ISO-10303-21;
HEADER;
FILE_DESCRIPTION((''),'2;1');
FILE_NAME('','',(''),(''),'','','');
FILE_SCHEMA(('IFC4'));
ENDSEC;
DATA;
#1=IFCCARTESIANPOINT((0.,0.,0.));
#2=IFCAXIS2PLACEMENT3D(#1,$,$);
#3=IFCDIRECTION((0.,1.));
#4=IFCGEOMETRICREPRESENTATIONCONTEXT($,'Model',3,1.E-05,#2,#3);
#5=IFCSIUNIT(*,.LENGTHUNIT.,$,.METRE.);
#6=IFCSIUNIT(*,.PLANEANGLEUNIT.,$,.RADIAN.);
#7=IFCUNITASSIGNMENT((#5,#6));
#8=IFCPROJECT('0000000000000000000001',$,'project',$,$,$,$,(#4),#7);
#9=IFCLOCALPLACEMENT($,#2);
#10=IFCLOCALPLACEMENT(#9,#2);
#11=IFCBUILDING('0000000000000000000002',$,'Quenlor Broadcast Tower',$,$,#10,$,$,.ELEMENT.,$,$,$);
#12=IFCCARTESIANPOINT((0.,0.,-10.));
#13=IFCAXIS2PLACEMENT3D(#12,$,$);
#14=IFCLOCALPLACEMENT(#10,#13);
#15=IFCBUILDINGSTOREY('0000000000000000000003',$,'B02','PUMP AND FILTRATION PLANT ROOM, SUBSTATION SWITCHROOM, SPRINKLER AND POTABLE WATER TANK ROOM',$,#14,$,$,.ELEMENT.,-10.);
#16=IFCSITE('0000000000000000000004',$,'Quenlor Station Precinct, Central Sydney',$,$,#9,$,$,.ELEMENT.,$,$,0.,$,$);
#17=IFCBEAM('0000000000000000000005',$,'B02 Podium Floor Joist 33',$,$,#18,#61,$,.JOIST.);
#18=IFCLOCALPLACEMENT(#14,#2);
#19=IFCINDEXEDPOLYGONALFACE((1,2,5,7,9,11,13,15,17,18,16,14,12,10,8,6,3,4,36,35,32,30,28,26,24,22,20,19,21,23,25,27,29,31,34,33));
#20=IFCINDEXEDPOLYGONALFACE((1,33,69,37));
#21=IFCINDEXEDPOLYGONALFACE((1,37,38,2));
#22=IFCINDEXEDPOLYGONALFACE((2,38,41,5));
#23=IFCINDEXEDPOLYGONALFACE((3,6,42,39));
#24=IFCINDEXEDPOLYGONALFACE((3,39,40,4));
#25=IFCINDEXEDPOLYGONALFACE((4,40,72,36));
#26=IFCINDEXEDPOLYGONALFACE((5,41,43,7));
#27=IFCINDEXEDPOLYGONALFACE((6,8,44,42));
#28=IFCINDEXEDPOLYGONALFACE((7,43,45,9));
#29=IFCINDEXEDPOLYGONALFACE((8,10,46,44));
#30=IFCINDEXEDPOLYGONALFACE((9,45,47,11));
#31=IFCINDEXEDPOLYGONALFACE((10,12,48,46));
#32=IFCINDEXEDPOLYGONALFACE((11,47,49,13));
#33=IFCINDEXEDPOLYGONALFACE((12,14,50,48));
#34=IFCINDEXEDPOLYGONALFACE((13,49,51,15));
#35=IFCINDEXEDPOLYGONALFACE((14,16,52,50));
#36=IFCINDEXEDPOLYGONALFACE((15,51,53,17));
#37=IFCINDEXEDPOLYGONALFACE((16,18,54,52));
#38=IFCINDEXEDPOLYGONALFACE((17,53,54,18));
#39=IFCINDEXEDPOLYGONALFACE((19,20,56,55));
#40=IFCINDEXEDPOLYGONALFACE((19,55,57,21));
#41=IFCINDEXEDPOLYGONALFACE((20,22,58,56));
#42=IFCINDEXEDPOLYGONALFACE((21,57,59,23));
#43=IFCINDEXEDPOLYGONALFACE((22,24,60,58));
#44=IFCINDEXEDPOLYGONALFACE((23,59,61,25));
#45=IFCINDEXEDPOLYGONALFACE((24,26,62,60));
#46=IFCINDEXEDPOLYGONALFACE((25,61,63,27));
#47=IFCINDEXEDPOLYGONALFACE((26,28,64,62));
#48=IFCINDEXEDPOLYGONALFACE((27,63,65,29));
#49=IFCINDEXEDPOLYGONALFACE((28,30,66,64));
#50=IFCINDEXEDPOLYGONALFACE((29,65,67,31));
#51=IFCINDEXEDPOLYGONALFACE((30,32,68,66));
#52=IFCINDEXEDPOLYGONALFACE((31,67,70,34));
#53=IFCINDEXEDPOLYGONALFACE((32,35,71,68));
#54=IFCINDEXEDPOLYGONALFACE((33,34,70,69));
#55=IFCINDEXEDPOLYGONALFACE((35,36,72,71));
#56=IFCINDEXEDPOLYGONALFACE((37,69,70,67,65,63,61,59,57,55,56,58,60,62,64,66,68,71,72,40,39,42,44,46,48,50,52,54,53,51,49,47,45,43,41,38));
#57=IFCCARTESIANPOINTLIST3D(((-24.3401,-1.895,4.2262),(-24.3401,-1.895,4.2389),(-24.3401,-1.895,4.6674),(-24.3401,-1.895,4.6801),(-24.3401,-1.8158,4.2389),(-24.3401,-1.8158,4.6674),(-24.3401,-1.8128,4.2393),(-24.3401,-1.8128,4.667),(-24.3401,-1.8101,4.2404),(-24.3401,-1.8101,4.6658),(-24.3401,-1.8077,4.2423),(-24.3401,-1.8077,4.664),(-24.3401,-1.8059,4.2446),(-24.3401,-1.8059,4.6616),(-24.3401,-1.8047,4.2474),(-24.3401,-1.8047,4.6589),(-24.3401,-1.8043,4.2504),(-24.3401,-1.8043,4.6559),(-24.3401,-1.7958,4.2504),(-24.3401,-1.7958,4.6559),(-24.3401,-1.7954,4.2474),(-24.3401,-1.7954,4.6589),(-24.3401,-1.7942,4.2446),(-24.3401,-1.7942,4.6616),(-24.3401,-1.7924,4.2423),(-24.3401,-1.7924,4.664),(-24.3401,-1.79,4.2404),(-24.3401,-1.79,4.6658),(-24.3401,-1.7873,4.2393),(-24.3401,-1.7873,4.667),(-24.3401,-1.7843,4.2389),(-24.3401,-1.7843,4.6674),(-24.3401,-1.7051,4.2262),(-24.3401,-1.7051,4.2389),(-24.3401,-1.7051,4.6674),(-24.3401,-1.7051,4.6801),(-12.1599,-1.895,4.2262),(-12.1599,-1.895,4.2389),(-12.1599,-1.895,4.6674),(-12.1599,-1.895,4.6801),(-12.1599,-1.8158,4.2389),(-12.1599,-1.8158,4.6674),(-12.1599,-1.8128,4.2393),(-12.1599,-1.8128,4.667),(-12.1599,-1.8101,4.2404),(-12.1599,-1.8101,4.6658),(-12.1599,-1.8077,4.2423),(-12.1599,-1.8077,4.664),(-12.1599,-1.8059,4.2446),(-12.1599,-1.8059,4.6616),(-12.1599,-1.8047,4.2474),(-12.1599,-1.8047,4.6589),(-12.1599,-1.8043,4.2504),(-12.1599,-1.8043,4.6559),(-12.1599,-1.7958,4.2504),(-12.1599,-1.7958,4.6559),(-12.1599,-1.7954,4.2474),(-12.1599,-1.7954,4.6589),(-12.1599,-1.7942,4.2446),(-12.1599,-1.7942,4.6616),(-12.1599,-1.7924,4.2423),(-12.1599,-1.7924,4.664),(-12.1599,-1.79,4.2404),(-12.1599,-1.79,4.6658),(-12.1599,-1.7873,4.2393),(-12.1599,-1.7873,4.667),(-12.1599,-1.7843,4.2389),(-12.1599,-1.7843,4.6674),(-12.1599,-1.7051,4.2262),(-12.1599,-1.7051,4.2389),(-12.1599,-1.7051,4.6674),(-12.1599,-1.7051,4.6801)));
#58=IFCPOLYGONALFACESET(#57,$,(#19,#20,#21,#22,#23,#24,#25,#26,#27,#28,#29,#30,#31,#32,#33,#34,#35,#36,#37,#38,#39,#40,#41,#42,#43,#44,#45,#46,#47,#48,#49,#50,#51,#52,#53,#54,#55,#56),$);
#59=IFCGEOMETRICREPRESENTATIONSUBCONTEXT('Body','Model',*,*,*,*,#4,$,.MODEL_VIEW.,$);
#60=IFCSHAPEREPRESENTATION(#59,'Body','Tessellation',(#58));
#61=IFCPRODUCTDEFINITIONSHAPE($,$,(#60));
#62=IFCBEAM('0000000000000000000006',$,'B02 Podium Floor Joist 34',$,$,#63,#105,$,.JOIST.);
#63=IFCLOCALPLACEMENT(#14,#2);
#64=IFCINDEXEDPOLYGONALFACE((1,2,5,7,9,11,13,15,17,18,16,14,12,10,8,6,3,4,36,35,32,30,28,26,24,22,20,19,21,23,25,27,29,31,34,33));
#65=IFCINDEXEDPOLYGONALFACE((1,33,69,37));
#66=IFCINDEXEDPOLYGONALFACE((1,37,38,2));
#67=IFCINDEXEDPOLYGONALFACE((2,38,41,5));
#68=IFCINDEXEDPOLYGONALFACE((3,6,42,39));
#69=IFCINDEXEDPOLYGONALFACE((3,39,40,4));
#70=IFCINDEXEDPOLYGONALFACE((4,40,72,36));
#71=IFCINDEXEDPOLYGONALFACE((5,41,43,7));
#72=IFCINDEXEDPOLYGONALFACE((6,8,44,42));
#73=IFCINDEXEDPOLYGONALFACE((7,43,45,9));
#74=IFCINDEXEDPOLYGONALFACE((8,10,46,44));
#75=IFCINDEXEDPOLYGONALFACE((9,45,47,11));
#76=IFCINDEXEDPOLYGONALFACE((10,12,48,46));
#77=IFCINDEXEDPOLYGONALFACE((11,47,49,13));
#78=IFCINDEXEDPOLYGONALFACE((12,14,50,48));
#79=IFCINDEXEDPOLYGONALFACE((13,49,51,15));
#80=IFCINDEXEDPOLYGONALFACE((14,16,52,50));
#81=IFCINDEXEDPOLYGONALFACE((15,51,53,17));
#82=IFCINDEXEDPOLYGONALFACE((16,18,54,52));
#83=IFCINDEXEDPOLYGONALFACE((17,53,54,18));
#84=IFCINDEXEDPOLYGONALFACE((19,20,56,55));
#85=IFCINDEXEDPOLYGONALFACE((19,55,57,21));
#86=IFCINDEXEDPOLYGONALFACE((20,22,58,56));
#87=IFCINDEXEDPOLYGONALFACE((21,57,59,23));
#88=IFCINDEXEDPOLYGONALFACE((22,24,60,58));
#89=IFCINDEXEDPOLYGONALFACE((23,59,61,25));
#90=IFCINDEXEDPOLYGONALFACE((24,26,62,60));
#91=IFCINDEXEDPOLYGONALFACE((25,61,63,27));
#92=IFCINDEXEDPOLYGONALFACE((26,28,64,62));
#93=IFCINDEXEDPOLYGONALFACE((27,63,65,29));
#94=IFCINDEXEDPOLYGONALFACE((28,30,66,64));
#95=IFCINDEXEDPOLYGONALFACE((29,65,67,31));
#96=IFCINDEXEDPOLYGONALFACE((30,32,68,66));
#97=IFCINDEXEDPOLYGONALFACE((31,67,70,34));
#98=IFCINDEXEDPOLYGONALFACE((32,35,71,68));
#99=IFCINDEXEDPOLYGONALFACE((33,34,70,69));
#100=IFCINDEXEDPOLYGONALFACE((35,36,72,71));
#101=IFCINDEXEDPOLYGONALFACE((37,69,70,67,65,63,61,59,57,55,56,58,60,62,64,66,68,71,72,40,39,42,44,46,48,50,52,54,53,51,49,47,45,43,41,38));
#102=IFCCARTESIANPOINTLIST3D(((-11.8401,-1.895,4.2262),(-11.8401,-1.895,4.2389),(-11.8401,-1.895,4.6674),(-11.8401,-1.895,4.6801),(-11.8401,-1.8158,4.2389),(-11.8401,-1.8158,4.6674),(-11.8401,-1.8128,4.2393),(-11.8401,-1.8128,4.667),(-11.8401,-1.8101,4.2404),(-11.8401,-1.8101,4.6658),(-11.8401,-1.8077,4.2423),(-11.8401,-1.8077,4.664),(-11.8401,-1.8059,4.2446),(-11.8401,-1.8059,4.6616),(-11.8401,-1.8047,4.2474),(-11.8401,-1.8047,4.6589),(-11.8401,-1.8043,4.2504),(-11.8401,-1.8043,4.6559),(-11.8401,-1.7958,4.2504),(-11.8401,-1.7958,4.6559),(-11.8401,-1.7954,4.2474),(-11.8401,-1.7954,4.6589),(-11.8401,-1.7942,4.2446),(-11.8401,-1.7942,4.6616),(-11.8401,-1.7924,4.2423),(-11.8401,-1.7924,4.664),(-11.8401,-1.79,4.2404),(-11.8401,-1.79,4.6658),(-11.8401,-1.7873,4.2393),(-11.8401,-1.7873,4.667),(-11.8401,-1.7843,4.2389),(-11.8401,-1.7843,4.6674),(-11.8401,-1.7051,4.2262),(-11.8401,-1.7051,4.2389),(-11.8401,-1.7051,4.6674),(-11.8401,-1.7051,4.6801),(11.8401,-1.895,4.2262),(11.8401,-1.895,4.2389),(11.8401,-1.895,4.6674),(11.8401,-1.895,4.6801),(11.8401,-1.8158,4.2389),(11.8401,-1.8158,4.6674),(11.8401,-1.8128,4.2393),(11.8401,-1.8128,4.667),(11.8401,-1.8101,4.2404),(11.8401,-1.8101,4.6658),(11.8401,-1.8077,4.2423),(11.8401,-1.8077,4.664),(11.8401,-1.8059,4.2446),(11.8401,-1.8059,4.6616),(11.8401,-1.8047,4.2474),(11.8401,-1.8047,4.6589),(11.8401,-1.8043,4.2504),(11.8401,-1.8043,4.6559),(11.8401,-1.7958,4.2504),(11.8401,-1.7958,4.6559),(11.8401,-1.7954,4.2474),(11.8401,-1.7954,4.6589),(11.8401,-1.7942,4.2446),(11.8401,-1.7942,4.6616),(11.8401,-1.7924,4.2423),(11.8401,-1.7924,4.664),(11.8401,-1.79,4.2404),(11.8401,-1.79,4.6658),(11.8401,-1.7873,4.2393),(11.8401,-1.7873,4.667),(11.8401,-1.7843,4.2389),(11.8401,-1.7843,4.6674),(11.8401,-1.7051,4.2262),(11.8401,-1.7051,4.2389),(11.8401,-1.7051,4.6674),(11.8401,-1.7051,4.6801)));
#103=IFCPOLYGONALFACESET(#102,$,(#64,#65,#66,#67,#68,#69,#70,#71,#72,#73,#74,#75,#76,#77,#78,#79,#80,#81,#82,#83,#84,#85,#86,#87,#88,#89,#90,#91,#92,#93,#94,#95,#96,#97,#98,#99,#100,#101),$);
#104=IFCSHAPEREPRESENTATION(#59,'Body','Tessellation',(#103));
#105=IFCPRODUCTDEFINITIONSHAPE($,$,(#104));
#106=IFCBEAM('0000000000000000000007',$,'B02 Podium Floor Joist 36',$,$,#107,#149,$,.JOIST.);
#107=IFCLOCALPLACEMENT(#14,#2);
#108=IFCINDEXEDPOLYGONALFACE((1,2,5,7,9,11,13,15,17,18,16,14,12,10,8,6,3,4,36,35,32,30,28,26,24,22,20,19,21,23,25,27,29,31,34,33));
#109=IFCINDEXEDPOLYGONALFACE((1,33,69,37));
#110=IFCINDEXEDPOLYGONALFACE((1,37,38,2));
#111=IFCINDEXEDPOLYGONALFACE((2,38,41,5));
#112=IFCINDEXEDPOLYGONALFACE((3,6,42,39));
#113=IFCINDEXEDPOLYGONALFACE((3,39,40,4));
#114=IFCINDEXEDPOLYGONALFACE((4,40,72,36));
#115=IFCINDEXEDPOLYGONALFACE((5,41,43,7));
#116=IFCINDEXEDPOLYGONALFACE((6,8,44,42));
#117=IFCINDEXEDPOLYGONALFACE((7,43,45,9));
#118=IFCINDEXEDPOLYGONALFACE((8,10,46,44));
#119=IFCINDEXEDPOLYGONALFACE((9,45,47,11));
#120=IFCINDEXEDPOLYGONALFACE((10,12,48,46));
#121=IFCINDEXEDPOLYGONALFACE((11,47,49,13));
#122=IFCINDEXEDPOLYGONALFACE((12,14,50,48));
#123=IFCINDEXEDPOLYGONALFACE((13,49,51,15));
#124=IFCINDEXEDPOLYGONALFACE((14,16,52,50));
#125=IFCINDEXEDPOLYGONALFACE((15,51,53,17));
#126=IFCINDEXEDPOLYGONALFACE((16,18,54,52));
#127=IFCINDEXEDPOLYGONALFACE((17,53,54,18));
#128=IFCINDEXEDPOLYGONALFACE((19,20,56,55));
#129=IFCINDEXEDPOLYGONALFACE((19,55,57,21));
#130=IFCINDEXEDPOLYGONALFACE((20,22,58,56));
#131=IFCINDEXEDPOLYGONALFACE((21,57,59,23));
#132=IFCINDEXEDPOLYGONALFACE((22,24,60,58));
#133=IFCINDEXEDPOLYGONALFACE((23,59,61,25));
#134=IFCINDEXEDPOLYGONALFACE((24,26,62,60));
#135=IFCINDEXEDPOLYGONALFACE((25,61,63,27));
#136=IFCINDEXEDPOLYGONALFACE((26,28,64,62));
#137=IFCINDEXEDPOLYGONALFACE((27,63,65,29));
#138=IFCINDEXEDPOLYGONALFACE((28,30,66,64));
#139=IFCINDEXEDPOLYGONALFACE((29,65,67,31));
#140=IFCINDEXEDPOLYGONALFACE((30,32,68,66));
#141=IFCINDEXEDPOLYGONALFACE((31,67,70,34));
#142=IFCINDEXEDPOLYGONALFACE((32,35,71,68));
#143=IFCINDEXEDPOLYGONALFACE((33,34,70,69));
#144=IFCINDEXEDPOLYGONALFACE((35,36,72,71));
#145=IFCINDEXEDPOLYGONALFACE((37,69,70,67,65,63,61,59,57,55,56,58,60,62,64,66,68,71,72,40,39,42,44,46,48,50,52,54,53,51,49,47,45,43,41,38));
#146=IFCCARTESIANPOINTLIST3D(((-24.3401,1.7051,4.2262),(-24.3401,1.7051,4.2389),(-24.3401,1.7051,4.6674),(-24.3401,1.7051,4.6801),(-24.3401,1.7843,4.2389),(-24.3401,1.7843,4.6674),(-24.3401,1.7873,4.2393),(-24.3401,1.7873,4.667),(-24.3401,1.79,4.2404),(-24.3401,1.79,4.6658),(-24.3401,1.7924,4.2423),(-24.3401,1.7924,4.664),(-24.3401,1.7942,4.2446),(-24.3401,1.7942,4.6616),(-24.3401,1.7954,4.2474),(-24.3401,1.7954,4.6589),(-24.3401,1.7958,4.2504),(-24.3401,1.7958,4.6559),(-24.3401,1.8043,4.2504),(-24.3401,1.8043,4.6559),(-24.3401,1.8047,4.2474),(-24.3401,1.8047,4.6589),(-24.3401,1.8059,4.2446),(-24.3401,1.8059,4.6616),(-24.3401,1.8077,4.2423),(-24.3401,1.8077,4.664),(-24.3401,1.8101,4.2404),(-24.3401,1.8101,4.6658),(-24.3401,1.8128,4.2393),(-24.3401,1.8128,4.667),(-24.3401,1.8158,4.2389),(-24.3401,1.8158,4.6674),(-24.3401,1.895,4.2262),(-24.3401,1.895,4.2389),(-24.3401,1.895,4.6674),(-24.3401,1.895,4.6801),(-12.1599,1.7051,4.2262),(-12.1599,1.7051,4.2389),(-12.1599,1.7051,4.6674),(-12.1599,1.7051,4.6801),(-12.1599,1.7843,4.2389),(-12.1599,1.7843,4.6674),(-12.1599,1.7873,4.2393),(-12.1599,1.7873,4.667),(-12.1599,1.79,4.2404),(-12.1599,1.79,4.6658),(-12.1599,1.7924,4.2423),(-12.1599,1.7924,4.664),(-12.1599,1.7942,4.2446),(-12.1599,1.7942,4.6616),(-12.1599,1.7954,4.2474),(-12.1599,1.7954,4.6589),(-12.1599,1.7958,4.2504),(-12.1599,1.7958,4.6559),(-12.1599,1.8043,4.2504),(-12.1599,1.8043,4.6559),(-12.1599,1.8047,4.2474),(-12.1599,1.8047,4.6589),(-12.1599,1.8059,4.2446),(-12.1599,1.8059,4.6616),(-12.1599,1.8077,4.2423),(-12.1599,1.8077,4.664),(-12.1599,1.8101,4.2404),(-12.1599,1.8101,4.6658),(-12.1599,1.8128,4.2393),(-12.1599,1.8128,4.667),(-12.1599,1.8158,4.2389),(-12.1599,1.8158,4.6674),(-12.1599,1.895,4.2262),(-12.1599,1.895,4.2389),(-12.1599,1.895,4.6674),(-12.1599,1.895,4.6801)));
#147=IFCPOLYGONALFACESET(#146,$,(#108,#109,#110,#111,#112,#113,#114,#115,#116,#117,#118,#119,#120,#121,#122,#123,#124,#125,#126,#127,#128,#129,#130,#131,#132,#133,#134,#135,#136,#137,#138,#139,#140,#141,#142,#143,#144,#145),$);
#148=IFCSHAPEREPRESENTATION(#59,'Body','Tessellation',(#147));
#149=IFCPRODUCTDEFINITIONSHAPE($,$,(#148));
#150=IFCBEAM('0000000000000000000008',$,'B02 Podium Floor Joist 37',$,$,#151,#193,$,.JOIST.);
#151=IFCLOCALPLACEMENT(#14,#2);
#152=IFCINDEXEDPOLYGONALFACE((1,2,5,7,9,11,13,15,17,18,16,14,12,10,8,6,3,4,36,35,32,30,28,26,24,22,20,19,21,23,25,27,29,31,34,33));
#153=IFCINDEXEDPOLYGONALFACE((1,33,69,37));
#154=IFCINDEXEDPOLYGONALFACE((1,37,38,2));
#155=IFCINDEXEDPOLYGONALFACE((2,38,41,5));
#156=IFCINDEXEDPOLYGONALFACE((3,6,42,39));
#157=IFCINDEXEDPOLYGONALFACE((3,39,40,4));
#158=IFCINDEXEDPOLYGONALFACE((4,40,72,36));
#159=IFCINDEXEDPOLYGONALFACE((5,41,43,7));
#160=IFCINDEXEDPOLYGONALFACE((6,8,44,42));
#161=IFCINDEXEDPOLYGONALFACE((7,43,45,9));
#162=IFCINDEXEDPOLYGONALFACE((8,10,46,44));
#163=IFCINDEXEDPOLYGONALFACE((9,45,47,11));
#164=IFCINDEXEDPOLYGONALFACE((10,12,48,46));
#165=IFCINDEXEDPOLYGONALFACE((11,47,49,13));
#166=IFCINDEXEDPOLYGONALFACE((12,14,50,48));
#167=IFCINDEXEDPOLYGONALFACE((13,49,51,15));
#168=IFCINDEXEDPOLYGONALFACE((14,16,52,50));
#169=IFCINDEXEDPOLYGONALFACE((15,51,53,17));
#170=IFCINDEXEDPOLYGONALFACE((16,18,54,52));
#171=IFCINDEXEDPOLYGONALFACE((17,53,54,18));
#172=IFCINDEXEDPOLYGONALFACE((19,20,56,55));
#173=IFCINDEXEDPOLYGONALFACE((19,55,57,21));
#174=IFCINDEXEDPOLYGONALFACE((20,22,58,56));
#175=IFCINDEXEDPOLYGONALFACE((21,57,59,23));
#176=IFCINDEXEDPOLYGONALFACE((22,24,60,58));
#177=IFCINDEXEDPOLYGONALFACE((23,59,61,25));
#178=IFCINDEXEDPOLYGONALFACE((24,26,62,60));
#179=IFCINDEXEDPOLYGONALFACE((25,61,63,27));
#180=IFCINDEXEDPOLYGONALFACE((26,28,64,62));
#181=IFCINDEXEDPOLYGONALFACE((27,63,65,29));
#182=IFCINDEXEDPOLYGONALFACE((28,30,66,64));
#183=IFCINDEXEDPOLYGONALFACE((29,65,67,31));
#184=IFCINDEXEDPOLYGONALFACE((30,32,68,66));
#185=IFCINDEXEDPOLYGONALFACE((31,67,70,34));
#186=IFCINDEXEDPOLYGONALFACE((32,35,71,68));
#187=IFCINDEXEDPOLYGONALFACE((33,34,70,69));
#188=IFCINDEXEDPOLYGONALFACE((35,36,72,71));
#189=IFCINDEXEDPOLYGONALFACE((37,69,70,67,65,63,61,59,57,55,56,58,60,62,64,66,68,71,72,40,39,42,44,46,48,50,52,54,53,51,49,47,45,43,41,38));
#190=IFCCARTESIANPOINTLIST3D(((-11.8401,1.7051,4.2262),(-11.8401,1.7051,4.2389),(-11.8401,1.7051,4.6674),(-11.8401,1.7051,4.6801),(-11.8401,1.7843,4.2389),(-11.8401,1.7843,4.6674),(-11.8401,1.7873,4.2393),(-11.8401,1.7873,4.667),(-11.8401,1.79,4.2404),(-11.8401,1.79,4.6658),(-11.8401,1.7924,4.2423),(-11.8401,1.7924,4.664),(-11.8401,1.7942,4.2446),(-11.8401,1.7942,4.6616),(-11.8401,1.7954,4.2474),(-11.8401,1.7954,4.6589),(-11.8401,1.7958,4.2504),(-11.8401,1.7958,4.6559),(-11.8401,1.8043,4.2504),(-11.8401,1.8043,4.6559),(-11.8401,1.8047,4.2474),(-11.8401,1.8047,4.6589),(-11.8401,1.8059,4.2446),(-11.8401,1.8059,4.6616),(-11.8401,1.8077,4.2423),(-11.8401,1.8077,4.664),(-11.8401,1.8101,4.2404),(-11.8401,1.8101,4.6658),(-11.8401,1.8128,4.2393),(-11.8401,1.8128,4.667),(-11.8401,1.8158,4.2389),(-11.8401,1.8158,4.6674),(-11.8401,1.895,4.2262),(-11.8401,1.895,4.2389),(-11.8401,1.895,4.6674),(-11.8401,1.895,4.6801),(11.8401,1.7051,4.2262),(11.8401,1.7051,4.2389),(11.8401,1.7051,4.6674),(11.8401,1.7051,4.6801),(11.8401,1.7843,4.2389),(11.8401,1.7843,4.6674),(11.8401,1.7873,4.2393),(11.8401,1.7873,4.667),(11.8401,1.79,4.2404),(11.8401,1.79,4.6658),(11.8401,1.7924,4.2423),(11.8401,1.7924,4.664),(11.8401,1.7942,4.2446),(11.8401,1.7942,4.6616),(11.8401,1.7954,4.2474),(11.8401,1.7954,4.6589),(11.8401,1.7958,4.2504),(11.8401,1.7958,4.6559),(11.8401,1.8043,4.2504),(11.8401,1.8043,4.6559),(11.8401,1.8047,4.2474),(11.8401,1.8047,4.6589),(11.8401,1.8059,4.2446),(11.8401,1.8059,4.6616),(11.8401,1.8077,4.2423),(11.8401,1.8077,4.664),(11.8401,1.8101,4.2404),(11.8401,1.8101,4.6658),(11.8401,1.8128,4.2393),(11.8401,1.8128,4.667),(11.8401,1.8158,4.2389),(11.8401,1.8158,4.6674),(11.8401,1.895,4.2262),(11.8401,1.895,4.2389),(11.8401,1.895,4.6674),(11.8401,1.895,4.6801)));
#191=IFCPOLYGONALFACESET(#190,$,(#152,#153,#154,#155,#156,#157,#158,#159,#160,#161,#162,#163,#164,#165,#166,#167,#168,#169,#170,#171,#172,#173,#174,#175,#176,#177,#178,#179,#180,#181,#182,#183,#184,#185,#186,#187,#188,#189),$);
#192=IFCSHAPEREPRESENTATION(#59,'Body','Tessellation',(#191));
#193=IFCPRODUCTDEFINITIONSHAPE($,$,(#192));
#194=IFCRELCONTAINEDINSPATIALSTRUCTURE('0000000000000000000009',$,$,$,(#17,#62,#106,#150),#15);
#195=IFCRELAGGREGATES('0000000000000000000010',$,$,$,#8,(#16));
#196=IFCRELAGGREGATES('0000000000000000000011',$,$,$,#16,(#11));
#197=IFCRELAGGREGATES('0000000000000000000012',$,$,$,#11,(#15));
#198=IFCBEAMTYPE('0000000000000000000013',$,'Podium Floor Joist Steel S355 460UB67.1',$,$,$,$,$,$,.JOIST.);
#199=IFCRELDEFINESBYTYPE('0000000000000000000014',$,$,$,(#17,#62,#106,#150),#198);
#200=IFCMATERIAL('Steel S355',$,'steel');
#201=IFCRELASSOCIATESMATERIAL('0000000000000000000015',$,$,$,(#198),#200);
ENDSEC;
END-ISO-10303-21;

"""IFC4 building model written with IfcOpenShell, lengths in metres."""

from ifc_helpers import new_model, si_unit, direction, frame, origin, origin_2d, place, context, subcontext, project, spatial, i_section, extrude, material, material_profile, profile_set, type_object, element, save


model = new_model("IFC4")

# Units and contexts
model_context = context("Model", 3, precision=1e-05, world=origin(), true_north=direction((0.0, 1.0)))
body_context = subcontext(model_context, "Body", "Model", "MODEL_VIEW")
ifc_project = project(units=[si_unit("LENGTHUNIT", "METRE"), si_unit("PLANEANGLEUNIT", "RADIAN")], contexts=[model_context])

# Site, building, storey
site_placement = place(None, origin())
site = spatial("IfcSite", under=ifc_project, at=site_placement, Name="Quenlor Station Precinct, Central Sydney", CompositionType="ELEMENT", RefElevation=0.0)
building_placement = place(site_placement, origin())
building = spatial("IfcBuilding", under=site, at=building_placement, Name="Quenlor Broadcast Tower", CompositionType="ELEMENT")
storey_placement = place(building_placement, frame((0.0, 0.0, -10.0)))
storey = spatial("IfcBuildingStorey", under=building, at=storey_placement, Name="B02", Description="PUMP AND FILTRATION PLANT ROOM, SUBSTATION SWITCHROOM, SPRINKLER AND POTABLE WATER TANK ROOM", CompositionType="ELEMENT", Elevation=-10.0)

# Beams
ifc_material_1 = material(Name="Steel S355", Category="steel")
ifc_material_profile_1 = material_profile(ifc_material_1, i_section(OverallWidth=0.1899, OverallDepth=0.4539, WebThickness=0.0085, FlangeThickness=0.0127, FilletRadius=0.0115, at=origin_2d()))
ifc_profile_set_1 = profile_set([ifc_material_profile_1], Name="Steel S355 460UB67.1")
beam_type_1 = type_object("IfcBeamType", Name="Podium Floor Joist Steel S355 460UB67.1", PredefinedType="JOIST", material=ifc_profile_set_1)
beam_1_placement = place(storey_placement, frame((-24.3401, -1.8, 4.4531), z_axis=(1.0, 0.0, 0.0), x_axis=(0.0, 1.0, 0.0)))
element("IfcBeam", 1, at=beam_1_placement, inside=storey, type_object=beam_type_1, Name="B02 Podium Floor Joist 33", PredefinedType="JOIST", context=body_context, shape_type="SweptSolid", body=[
    extrude(i_section(OverallWidth=0.1899, OverallDepth=0.4539, WebThickness=0.0085, FlangeThickness=0.0127, FilletRadius=0.0115, at=origin_2d()), origin(), (0.0, 0.0, 1.0), 12.1802),
])
beam_2_placement = place(storey_placement, frame((-11.8401, -1.8, 4.4531), z_axis=(1.0, 0.0, 0.0), x_axis=(0.0, 1.0, 0.0)))
element("IfcBeam", 2, at=beam_2_placement, inside=storey, type_object=beam_type_1, Name="B02 Podium Floor Joist 34", PredefinedType="JOIST", context=body_context, shape_type="SweptSolid", body=[
    extrude(i_section(OverallWidth=0.1899, OverallDepth=0.4539, WebThickness=0.0085, FlangeThickness=0.0127, FilletRadius=0.0115, at=origin_2d()), origin(), (0.0, 0.0, 1.0), 23.6802),
])
beam_3_placement = place(storey_placement, frame((-24.3401, 1.8, 4.4531), z_axis=(1.0, 0.0, 0.0), x_axis=(0.0, 1.0, 0.0)))
element("IfcBeam", 3, at=beam_3_placement, inside=storey, type_object=beam_type_1, Name="B02 Podium Floor Joist 36", PredefinedType="JOIST", context=body_context, shape_type="SweptSolid", body=[
    extrude(i_section(OverallWidth=0.1899, OverallDepth=0.4539, WebThickness=0.0085, FlangeThickness=0.0127, FilletRadius=0.0115, at=origin_2d()), origin(), (0.0, 0.0, 1.0), 12.1802),
])
beam_4_placement = place(storey_placement, frame((-11.8401, 1.8, 4.4531), z_axis=(1.0, 0.0, 0.0), x_axis=(0.0, 1.0, 0.0)))
element("IfcBeam", 4, at=beam_4_placement, inside=storey, type_object=beam_type_1, Name="B02 Podium Floor Joist 37", PredefinedType="JOIST", context=body_context, shape_type="SweptSolid", body=[
    extrude(i_section(OverallWidth=0.1899, OverallDepth=0.4539, WebThickness=0.0085, FlangeThickness=0.0127, FilletRadius=0.0115, at=origin_2d()), origin(), (0.0, 0.0, 1.0), 23.6802),
])

save(model, "model.ifc")
